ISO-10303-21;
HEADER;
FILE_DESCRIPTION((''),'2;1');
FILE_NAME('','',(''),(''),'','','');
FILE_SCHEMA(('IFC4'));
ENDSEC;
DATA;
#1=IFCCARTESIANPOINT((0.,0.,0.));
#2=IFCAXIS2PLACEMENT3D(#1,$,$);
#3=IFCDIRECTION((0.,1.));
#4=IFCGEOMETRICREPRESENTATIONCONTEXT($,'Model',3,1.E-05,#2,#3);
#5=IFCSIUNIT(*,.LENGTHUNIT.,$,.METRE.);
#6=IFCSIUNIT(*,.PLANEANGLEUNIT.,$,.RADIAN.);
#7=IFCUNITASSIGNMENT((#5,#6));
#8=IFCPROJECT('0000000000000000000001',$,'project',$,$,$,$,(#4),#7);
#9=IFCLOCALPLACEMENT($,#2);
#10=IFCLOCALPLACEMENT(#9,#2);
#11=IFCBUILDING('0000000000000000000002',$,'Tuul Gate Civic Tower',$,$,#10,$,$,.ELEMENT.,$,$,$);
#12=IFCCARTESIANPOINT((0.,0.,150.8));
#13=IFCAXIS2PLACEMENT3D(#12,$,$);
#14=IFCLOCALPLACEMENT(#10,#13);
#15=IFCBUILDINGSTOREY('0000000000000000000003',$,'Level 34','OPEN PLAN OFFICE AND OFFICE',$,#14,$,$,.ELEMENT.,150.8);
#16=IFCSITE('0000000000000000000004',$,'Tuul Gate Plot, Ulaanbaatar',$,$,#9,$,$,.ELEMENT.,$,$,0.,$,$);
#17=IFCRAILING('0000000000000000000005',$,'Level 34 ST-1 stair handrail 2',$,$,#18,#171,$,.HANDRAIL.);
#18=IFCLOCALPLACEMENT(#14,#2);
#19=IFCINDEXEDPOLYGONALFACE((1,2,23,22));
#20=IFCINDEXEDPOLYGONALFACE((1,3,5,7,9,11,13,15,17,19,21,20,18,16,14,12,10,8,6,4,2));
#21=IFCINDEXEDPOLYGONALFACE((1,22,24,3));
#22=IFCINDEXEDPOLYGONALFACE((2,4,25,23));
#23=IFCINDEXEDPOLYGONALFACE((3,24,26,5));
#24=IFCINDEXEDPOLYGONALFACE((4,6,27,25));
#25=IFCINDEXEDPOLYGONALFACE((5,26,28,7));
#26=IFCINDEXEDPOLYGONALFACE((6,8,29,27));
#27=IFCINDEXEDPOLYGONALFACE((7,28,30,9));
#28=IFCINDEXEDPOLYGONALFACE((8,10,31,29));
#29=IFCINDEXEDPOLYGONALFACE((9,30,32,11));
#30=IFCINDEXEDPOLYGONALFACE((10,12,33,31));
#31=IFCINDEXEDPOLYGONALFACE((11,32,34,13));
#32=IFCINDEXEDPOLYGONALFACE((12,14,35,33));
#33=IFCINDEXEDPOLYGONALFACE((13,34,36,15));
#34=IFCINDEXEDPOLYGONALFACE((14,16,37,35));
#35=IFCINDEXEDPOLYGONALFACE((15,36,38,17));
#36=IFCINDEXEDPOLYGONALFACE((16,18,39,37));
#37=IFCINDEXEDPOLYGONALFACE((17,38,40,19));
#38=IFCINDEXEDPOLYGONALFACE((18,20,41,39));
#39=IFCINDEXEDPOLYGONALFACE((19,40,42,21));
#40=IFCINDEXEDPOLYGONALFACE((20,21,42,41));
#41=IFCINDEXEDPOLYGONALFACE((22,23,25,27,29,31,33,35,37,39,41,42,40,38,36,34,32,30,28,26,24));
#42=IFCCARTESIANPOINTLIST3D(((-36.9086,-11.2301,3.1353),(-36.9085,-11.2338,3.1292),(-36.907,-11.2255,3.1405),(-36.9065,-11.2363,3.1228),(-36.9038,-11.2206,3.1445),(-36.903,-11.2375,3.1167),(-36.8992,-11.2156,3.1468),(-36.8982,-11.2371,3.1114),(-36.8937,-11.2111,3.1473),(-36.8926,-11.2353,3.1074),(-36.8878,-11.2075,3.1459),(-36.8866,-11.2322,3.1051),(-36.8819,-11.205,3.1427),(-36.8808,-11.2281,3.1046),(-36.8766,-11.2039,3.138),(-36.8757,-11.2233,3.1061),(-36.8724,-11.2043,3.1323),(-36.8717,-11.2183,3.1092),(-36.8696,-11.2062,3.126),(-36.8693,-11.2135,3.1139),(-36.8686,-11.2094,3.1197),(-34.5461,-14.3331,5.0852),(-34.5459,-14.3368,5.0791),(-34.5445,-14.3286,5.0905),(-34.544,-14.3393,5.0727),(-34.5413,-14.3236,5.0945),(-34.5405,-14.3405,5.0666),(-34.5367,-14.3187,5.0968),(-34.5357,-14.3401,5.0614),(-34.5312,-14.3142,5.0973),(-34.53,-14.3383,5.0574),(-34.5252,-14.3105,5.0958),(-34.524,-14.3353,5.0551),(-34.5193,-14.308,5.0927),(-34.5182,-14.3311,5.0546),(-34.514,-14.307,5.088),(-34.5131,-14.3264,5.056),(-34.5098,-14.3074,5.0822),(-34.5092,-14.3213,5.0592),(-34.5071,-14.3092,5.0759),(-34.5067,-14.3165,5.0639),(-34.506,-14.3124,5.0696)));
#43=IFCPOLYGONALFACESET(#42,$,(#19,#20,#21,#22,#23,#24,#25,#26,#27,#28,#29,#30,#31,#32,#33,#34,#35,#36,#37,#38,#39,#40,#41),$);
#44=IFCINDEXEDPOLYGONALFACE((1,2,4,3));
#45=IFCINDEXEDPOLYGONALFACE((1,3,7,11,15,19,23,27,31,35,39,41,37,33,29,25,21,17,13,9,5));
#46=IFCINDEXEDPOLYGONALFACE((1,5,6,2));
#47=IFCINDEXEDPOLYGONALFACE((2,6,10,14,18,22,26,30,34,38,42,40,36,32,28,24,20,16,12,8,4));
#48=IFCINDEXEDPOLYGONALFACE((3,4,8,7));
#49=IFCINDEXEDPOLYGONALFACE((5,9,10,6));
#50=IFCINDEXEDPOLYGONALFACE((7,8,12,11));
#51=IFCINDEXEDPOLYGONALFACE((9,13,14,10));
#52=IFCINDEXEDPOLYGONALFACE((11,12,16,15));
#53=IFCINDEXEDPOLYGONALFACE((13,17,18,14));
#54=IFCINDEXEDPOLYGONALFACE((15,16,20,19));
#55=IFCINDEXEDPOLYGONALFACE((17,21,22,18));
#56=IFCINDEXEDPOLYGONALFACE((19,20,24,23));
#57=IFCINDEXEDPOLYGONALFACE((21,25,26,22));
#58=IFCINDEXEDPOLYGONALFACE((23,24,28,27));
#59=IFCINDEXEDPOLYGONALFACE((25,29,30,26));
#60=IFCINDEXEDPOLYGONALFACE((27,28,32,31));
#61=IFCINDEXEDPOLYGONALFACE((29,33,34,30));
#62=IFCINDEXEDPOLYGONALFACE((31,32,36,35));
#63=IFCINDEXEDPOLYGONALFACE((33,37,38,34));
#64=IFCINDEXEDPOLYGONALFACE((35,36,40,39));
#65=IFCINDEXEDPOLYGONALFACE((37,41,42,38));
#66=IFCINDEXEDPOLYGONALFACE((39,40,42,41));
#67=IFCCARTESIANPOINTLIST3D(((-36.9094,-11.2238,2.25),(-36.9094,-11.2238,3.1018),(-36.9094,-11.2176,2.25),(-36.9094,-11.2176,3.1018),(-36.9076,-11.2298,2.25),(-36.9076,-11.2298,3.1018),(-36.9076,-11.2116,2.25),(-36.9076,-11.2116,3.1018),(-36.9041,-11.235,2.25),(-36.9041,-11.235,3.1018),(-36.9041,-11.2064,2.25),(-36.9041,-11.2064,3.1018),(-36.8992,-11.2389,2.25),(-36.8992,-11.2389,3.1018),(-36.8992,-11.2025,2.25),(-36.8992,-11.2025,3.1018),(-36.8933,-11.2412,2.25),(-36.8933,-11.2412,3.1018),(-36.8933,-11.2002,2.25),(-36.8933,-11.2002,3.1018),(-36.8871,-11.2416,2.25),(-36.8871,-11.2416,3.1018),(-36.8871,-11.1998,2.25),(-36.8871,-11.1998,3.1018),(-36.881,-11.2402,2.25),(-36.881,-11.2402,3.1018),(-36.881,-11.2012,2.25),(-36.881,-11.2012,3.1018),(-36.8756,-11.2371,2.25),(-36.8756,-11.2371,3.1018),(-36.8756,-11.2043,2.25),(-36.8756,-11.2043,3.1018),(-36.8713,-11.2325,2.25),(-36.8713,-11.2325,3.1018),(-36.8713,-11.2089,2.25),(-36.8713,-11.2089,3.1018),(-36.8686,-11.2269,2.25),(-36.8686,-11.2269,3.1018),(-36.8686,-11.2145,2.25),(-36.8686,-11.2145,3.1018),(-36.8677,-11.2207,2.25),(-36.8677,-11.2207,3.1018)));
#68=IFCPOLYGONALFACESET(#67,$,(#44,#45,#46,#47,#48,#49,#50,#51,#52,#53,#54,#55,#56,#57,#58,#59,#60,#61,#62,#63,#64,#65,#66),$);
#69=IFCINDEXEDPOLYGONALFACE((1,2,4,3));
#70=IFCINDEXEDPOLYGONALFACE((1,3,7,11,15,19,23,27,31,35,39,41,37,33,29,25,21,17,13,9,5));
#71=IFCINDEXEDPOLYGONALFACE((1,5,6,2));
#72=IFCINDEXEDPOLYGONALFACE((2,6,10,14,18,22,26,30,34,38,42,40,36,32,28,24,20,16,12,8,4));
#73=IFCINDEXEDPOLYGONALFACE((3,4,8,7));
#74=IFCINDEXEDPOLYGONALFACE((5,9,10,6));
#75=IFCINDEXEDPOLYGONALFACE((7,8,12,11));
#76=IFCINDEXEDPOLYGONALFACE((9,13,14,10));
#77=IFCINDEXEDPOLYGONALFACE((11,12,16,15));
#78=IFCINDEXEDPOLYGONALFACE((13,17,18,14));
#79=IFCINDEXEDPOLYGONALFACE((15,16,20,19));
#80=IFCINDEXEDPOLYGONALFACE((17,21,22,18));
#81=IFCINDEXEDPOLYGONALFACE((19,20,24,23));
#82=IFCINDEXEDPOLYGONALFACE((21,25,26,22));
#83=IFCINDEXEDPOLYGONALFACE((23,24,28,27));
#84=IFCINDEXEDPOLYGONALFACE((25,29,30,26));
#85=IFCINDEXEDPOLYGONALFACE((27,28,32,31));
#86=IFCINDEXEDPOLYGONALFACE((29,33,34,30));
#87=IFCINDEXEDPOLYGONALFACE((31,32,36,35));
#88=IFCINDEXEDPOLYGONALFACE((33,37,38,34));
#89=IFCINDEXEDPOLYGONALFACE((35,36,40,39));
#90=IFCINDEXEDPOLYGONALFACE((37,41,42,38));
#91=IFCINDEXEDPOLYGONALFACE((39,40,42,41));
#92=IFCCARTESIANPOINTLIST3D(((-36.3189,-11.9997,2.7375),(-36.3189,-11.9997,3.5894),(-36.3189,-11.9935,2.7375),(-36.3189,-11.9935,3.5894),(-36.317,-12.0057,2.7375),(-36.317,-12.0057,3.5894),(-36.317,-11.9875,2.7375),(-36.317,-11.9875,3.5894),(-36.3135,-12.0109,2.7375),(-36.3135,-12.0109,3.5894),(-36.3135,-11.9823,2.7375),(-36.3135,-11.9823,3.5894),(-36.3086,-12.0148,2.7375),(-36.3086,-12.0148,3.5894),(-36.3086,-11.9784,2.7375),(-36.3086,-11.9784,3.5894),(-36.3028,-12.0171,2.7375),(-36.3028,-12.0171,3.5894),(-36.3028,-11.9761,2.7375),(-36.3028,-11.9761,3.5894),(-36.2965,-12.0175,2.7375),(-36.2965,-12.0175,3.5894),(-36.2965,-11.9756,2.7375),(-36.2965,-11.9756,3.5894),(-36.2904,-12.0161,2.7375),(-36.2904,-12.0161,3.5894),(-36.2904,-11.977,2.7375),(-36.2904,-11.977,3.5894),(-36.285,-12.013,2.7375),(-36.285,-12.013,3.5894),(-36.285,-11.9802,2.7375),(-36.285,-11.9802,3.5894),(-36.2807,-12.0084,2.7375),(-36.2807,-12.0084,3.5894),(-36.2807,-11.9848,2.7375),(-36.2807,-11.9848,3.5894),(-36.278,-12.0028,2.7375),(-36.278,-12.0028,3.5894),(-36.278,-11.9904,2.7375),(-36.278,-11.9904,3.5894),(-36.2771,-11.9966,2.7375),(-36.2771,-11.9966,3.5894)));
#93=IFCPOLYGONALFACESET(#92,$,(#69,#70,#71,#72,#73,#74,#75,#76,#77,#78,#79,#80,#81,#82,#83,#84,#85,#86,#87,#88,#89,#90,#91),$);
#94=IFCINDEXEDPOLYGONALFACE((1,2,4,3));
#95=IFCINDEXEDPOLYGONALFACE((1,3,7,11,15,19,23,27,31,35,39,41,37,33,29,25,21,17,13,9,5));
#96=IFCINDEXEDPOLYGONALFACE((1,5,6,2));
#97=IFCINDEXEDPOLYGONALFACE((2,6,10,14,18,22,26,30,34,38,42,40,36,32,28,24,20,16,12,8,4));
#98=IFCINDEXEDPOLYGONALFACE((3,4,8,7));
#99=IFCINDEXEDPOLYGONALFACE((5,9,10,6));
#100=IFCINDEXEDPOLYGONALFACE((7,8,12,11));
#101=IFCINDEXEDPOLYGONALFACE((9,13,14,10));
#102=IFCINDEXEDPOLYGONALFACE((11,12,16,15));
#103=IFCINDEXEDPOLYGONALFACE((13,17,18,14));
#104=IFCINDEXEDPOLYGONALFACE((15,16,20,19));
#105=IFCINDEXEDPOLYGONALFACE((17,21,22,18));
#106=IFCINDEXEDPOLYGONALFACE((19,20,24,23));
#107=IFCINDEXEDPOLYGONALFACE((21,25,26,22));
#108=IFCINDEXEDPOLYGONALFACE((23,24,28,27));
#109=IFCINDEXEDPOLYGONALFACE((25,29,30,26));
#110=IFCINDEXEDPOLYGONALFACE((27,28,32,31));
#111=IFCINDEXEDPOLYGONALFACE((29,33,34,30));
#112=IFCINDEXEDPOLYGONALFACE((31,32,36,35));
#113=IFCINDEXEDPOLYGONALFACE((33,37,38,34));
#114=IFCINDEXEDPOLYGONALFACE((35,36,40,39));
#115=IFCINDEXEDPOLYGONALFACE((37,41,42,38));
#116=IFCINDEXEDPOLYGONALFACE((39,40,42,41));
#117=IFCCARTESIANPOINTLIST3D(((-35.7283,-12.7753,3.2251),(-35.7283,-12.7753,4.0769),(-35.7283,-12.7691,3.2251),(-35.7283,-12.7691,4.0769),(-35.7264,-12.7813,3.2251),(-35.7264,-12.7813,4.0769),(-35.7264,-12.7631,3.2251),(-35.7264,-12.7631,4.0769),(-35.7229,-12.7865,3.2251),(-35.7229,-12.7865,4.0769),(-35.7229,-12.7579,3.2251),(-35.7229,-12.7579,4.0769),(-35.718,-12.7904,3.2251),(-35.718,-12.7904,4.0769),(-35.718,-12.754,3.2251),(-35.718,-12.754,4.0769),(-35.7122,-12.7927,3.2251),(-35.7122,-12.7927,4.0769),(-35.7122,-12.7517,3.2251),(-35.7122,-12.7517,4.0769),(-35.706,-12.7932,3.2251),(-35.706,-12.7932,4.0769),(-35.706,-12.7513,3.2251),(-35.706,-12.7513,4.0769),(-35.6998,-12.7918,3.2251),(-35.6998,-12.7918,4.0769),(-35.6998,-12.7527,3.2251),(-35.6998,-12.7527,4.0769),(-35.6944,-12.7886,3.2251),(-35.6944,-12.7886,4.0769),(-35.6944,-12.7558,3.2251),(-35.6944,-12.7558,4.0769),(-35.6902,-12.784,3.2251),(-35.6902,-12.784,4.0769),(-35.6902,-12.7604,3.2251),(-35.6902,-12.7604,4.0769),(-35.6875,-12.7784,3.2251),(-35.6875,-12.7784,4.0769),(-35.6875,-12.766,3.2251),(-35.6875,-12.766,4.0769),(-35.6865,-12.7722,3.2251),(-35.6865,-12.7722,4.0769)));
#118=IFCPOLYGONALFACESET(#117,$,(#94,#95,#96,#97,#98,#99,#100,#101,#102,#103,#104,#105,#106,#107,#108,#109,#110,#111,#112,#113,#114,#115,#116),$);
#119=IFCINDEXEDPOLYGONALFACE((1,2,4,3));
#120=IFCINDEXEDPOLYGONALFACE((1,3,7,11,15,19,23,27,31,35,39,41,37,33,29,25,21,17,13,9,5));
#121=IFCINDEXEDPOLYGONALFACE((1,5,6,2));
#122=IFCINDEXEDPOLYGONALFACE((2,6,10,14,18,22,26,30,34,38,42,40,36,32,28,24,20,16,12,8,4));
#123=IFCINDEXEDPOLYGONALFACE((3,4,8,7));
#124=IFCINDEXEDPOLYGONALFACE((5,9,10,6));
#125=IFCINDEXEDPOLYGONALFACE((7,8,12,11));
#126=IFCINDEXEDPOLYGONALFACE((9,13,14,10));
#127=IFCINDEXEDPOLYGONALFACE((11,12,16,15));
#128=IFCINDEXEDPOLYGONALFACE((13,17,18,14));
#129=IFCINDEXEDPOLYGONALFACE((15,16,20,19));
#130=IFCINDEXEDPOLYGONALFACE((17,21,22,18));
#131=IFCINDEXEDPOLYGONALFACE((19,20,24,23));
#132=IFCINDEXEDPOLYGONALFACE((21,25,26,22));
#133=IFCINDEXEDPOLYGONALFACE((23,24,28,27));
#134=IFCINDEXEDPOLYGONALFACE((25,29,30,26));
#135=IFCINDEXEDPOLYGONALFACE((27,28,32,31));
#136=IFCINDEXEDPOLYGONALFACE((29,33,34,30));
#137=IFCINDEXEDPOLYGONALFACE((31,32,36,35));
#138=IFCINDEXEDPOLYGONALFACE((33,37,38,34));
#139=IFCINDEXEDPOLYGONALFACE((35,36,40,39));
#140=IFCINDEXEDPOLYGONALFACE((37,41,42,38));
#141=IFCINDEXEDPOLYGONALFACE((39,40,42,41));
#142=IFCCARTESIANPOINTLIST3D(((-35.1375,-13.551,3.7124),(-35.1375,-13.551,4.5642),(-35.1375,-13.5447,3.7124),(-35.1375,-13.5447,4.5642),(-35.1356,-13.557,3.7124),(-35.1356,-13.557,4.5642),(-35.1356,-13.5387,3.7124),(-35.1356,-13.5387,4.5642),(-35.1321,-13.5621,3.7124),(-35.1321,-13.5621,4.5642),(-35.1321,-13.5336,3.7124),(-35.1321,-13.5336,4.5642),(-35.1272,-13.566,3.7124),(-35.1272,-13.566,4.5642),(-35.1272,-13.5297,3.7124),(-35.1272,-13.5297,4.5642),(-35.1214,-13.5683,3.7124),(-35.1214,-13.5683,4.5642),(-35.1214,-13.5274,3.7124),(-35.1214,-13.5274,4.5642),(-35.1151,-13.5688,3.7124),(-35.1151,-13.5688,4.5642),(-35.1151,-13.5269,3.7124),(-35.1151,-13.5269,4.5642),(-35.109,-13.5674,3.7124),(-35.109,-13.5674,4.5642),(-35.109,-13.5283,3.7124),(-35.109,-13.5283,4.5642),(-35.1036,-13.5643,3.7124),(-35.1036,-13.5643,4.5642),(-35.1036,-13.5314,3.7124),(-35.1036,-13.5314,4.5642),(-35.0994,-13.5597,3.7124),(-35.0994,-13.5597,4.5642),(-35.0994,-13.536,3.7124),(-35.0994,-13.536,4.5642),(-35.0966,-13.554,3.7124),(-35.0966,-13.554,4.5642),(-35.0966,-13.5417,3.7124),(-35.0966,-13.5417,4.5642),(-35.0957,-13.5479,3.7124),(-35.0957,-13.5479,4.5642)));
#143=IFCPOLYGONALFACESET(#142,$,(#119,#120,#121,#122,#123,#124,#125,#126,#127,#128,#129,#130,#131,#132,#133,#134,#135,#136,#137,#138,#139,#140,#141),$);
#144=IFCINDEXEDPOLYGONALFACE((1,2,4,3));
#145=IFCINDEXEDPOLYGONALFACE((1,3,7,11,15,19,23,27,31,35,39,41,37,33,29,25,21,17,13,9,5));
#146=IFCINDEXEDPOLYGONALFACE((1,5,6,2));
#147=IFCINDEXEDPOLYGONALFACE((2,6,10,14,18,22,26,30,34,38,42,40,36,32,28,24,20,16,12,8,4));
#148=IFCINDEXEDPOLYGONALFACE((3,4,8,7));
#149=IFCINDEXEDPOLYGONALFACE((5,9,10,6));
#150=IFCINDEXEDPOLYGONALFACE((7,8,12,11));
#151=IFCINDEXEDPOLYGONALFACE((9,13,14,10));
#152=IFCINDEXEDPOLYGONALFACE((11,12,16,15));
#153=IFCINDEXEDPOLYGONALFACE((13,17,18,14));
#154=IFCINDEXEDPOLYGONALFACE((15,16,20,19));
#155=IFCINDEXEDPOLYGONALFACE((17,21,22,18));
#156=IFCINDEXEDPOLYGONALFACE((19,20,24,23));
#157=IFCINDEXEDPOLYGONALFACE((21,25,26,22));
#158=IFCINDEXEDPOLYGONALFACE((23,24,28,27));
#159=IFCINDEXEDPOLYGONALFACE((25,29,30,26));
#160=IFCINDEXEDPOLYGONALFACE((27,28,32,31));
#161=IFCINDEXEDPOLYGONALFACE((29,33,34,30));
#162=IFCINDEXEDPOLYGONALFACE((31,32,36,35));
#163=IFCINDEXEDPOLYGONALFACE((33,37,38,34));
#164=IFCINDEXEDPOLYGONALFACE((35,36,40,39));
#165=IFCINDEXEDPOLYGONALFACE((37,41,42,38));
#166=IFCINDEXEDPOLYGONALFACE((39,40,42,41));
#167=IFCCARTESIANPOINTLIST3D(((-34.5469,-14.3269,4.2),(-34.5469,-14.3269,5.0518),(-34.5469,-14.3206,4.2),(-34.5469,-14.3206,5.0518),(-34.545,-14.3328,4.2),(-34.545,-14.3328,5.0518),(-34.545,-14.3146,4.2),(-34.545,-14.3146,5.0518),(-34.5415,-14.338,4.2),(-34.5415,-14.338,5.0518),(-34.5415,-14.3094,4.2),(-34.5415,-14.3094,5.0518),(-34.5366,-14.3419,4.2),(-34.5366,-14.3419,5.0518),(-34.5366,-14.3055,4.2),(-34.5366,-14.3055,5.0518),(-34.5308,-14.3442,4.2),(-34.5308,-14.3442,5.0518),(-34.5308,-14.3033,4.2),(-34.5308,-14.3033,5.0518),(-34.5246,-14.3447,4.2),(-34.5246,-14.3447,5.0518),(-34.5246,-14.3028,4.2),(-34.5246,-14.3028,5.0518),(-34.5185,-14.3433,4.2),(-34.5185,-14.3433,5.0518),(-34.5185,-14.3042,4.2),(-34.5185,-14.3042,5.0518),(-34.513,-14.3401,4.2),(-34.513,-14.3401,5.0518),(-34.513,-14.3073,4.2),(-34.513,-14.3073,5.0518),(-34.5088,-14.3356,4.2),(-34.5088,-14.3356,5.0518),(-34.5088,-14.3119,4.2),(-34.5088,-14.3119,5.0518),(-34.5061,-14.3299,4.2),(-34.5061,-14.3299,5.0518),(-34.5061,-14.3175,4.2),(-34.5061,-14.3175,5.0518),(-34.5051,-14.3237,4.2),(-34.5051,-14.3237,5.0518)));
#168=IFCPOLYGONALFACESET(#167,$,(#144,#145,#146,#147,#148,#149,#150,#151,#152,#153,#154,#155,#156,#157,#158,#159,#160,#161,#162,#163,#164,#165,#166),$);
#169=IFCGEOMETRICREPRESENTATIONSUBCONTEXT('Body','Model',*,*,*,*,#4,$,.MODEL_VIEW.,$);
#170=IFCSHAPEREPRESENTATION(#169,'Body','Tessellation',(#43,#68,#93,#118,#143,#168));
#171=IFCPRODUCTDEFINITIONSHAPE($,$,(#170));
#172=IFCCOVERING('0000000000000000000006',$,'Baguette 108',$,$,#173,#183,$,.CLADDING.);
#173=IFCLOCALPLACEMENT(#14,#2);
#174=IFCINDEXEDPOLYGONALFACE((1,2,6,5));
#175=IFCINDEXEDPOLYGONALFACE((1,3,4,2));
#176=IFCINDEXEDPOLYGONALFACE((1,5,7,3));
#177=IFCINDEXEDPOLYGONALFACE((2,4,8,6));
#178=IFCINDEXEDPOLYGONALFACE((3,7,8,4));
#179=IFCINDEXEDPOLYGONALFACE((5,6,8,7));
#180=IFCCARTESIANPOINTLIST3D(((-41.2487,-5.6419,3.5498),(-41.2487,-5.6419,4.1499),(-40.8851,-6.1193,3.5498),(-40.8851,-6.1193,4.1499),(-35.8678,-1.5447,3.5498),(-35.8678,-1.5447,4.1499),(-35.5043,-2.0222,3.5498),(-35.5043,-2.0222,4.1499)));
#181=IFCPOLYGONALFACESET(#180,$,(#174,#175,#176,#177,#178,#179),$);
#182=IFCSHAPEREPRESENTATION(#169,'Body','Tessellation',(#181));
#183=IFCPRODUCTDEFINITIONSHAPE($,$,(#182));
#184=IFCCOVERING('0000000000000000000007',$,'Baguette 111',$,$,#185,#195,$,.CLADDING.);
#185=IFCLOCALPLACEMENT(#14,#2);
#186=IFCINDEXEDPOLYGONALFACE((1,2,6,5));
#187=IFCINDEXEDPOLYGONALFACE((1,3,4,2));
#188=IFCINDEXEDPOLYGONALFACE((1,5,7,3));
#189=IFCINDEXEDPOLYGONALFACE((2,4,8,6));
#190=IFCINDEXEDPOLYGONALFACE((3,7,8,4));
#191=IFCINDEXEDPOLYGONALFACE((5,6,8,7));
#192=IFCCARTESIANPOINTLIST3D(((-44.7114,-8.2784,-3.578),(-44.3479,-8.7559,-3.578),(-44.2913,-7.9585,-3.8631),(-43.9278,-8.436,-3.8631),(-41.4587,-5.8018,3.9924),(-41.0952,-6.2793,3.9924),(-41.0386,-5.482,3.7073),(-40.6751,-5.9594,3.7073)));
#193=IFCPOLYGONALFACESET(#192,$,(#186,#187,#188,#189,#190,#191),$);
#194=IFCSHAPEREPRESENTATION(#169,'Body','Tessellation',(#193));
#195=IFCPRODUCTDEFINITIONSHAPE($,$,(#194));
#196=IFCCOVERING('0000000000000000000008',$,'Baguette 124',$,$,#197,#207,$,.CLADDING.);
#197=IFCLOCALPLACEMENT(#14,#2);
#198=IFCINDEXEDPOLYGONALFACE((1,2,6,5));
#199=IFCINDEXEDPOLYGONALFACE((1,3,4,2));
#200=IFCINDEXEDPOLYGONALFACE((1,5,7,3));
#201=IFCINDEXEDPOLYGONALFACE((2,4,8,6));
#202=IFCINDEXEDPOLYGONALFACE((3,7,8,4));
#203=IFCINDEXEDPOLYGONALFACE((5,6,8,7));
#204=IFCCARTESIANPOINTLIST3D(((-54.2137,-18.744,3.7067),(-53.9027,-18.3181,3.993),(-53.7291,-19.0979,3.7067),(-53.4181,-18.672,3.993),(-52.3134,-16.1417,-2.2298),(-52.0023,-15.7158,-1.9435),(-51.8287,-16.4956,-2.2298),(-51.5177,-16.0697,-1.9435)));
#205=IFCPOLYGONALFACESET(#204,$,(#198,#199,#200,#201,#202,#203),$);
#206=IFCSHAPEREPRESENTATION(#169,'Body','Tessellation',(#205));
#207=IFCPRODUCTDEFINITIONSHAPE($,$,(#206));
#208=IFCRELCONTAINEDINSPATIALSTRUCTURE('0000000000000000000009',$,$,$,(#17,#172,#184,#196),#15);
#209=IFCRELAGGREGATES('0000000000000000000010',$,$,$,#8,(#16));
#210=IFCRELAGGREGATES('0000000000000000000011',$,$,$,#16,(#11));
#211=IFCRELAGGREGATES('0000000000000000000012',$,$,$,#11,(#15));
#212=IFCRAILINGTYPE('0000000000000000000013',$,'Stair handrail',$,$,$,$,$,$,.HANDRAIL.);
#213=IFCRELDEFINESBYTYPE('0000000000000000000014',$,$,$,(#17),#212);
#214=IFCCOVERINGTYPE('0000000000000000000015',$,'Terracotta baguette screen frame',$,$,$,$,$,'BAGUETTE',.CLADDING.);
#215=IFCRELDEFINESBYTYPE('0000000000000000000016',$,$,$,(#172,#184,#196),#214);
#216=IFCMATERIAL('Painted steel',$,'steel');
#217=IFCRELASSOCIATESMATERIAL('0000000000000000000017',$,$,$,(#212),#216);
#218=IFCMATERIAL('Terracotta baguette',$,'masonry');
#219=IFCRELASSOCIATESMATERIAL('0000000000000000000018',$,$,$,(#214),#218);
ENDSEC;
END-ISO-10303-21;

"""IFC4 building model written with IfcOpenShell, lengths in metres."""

from ifc_helpers import new_model, si_unit, direction, frame, origin, origin_2d, place, context, subcontext, project, spatial, rectangle, circle, extrude, material, material_profile, profile_set, type_object, element, save


model = new_model("IFC4")

# Units and contexts
model_context = context("Model", 3, precision=1e-05, world=origin(), true_north=direction((0.0, 1.0)))
body_context = subcontext(model_context, "Body", "Model", "MODEL_VIEW")
ifc_project = project(units=[si_unit("LENGTHUNIT", "METRE"), si_unit("PLANEANGLEUNIT", "RADIAN")], contexts=[model_context])

# Site, building, storey
site_placement = place(None, origin())
site = spatial("IfcSite", under=ifc_project, at=site_placement, Name="Tuul Gate Plot, Ulaanbaatar", CompositionType="ELEMENT", RefElevation=0.0)
building_placement = place(site_placement, origin())
building = spatial("IfcBuilding", under=site, at=building_placement, Name="Tuul Gate Civic Tower", CompositionType="ELEMENT")
storey_placement = place(building_placement, frame((0.0, 0.0, 150.8)))
storey = spatial("IfcBuildingStorey", under=building, at=storey_placement, Name="Level 34", Description="OPEN PLAN OFFICE AND OFFICE", CompositionType="ELEMENT", Elevation=150.8)

# Railing
ifc_material_1 = material(Name="Painted steel", Category="steel")
railing_type = type_object("IfcRailingType", Name="Stair handrail", PredefinedType="HANDRAIL", material=ifc_material_1)
railing_placement = place(storey_placement, frame((-36.8887, -11.2207, 2.25)))
element("IfcRailing", 1, at=railing_placement, inside=storey, type_object=railing_type, Name="Level 34 ST-1 stair handrail 2", PredefinedType="HANDRAIL", context=body_context, shape_type="SweptSolid", body=[
    extrude(circle(Radius=0.0239, at=origin_2d()), frame((0.0, 0.0, 0.876), z_axis=(0.541824, -0.711645, 0.4472), x_axis=(0.795637, 0.605773, 0.0)), (0.0, 0.0, 1.0), 4.3604),
    extrude(circle(Radius=0.021, at=origin_2d()), origin(), (0.0, 0.0, 1.0), 0.8518),
    extrude(circle(Radius=0.021, at=origin_2d()), frame((0.5906, -0.7759, 0.4875)), (0.0, 0.0, 1.0), 0.8518),
    extrude(circle(Radius=0.021, at=origin_2d()), frame((1.1812, -1.5515, 0.9751)), (0.0, 0.0, 1.0), 0.8518),
    extrude(circle(Radius=0.021, at=origin_2d()), frame((1.772, -2.3271, 1.4624)), (0.0, 0.0, 1.0), 0.8518),
    extrude(circle(Radius=0.021, at=origin_2d()), frame((2.3625, -3.103, 1.95)), (0.0, 0.0, 1.0), 0.8518),
])

# Coverings
ifc_material_2 = material(Name="Terracotta baguette", Category="masonry")
ifc_material_profile_1 = material_profile(ifc_material_2, rectangle(XDim=0.6001, YDim=0.6001, at=origin_2d()), Name="Terracotta baguette screen frame")
ifc_profile_set_1 = profile_set([ifc_material_profile_1], Name="Terracotta baguette")
covering_type = type_object("IfcCoveringType", Name="Terracotta baguette screen frame", ElementType="BAGUETTE", PredefinedType="CLADDING", material=ifc_profile_set_1)
covering_1_placement = place(storey_placement, frame((-35.686, -1.7834, 3.8499), z_axis=(-0.795612, -0.605806, 0.0), x_axis=(0.605806, -0.795612, 0.0)))
element("IfcCovering", 2, at=covering_1_placement, inside=storey, type_object=covering_type, Name="Baguette 108", PredefinedType="CLADDING", context=body_context, shape_type="SweptSolid", body=[
    extrude(rectangle(XDim=0.6001, YDim=0.6001, at=origin_2d()), origin(), (0.0, 0.0, 1.0), 6.7632),
])
covering_2_placement = place(storey_placement, frame((-41.0669, -5.8806, 3.8499), z_axis=(-0.378058, -0.28785, -0.879894), x_axis=(0.605784, -0.795629, 0.0)))
element("IfcCovering", 3, at=covering_2_placement, inside=storey, type_object=covering_type, Name="Baguette 111", PredefinedType="CLADDING", context=body_context, shape_type="SweptSolid", body=[
    extrude(rectangle(XDim=0.6001, YDim=0.6001, at=origin_2d()), origin(), (0.0, 0.0, 1.0), 8.6038),
])
covering_3_placement = place(storey_placement, frame((-51.9155, -16.1057, -2.0867), z_axis=(-0.281344, -0.385258, 0.878875), x_axis=(0.807581, -0.589756, 0.0)))
element("IfcCovering", 4, at=covering_3_placement, inside=storey, type_object=covering_type, Name="Baguette 124", PredefinedType="CLADDING", context=body_context, shape_type="SweptSolid", body=[
    extrude(rectangle(XDim=0.6001, YDim=0.6001, at=origin_2d()), origin(), (0.0, 0.0, 1.0), 6.7546),
])

save(model, "model.ifc")
